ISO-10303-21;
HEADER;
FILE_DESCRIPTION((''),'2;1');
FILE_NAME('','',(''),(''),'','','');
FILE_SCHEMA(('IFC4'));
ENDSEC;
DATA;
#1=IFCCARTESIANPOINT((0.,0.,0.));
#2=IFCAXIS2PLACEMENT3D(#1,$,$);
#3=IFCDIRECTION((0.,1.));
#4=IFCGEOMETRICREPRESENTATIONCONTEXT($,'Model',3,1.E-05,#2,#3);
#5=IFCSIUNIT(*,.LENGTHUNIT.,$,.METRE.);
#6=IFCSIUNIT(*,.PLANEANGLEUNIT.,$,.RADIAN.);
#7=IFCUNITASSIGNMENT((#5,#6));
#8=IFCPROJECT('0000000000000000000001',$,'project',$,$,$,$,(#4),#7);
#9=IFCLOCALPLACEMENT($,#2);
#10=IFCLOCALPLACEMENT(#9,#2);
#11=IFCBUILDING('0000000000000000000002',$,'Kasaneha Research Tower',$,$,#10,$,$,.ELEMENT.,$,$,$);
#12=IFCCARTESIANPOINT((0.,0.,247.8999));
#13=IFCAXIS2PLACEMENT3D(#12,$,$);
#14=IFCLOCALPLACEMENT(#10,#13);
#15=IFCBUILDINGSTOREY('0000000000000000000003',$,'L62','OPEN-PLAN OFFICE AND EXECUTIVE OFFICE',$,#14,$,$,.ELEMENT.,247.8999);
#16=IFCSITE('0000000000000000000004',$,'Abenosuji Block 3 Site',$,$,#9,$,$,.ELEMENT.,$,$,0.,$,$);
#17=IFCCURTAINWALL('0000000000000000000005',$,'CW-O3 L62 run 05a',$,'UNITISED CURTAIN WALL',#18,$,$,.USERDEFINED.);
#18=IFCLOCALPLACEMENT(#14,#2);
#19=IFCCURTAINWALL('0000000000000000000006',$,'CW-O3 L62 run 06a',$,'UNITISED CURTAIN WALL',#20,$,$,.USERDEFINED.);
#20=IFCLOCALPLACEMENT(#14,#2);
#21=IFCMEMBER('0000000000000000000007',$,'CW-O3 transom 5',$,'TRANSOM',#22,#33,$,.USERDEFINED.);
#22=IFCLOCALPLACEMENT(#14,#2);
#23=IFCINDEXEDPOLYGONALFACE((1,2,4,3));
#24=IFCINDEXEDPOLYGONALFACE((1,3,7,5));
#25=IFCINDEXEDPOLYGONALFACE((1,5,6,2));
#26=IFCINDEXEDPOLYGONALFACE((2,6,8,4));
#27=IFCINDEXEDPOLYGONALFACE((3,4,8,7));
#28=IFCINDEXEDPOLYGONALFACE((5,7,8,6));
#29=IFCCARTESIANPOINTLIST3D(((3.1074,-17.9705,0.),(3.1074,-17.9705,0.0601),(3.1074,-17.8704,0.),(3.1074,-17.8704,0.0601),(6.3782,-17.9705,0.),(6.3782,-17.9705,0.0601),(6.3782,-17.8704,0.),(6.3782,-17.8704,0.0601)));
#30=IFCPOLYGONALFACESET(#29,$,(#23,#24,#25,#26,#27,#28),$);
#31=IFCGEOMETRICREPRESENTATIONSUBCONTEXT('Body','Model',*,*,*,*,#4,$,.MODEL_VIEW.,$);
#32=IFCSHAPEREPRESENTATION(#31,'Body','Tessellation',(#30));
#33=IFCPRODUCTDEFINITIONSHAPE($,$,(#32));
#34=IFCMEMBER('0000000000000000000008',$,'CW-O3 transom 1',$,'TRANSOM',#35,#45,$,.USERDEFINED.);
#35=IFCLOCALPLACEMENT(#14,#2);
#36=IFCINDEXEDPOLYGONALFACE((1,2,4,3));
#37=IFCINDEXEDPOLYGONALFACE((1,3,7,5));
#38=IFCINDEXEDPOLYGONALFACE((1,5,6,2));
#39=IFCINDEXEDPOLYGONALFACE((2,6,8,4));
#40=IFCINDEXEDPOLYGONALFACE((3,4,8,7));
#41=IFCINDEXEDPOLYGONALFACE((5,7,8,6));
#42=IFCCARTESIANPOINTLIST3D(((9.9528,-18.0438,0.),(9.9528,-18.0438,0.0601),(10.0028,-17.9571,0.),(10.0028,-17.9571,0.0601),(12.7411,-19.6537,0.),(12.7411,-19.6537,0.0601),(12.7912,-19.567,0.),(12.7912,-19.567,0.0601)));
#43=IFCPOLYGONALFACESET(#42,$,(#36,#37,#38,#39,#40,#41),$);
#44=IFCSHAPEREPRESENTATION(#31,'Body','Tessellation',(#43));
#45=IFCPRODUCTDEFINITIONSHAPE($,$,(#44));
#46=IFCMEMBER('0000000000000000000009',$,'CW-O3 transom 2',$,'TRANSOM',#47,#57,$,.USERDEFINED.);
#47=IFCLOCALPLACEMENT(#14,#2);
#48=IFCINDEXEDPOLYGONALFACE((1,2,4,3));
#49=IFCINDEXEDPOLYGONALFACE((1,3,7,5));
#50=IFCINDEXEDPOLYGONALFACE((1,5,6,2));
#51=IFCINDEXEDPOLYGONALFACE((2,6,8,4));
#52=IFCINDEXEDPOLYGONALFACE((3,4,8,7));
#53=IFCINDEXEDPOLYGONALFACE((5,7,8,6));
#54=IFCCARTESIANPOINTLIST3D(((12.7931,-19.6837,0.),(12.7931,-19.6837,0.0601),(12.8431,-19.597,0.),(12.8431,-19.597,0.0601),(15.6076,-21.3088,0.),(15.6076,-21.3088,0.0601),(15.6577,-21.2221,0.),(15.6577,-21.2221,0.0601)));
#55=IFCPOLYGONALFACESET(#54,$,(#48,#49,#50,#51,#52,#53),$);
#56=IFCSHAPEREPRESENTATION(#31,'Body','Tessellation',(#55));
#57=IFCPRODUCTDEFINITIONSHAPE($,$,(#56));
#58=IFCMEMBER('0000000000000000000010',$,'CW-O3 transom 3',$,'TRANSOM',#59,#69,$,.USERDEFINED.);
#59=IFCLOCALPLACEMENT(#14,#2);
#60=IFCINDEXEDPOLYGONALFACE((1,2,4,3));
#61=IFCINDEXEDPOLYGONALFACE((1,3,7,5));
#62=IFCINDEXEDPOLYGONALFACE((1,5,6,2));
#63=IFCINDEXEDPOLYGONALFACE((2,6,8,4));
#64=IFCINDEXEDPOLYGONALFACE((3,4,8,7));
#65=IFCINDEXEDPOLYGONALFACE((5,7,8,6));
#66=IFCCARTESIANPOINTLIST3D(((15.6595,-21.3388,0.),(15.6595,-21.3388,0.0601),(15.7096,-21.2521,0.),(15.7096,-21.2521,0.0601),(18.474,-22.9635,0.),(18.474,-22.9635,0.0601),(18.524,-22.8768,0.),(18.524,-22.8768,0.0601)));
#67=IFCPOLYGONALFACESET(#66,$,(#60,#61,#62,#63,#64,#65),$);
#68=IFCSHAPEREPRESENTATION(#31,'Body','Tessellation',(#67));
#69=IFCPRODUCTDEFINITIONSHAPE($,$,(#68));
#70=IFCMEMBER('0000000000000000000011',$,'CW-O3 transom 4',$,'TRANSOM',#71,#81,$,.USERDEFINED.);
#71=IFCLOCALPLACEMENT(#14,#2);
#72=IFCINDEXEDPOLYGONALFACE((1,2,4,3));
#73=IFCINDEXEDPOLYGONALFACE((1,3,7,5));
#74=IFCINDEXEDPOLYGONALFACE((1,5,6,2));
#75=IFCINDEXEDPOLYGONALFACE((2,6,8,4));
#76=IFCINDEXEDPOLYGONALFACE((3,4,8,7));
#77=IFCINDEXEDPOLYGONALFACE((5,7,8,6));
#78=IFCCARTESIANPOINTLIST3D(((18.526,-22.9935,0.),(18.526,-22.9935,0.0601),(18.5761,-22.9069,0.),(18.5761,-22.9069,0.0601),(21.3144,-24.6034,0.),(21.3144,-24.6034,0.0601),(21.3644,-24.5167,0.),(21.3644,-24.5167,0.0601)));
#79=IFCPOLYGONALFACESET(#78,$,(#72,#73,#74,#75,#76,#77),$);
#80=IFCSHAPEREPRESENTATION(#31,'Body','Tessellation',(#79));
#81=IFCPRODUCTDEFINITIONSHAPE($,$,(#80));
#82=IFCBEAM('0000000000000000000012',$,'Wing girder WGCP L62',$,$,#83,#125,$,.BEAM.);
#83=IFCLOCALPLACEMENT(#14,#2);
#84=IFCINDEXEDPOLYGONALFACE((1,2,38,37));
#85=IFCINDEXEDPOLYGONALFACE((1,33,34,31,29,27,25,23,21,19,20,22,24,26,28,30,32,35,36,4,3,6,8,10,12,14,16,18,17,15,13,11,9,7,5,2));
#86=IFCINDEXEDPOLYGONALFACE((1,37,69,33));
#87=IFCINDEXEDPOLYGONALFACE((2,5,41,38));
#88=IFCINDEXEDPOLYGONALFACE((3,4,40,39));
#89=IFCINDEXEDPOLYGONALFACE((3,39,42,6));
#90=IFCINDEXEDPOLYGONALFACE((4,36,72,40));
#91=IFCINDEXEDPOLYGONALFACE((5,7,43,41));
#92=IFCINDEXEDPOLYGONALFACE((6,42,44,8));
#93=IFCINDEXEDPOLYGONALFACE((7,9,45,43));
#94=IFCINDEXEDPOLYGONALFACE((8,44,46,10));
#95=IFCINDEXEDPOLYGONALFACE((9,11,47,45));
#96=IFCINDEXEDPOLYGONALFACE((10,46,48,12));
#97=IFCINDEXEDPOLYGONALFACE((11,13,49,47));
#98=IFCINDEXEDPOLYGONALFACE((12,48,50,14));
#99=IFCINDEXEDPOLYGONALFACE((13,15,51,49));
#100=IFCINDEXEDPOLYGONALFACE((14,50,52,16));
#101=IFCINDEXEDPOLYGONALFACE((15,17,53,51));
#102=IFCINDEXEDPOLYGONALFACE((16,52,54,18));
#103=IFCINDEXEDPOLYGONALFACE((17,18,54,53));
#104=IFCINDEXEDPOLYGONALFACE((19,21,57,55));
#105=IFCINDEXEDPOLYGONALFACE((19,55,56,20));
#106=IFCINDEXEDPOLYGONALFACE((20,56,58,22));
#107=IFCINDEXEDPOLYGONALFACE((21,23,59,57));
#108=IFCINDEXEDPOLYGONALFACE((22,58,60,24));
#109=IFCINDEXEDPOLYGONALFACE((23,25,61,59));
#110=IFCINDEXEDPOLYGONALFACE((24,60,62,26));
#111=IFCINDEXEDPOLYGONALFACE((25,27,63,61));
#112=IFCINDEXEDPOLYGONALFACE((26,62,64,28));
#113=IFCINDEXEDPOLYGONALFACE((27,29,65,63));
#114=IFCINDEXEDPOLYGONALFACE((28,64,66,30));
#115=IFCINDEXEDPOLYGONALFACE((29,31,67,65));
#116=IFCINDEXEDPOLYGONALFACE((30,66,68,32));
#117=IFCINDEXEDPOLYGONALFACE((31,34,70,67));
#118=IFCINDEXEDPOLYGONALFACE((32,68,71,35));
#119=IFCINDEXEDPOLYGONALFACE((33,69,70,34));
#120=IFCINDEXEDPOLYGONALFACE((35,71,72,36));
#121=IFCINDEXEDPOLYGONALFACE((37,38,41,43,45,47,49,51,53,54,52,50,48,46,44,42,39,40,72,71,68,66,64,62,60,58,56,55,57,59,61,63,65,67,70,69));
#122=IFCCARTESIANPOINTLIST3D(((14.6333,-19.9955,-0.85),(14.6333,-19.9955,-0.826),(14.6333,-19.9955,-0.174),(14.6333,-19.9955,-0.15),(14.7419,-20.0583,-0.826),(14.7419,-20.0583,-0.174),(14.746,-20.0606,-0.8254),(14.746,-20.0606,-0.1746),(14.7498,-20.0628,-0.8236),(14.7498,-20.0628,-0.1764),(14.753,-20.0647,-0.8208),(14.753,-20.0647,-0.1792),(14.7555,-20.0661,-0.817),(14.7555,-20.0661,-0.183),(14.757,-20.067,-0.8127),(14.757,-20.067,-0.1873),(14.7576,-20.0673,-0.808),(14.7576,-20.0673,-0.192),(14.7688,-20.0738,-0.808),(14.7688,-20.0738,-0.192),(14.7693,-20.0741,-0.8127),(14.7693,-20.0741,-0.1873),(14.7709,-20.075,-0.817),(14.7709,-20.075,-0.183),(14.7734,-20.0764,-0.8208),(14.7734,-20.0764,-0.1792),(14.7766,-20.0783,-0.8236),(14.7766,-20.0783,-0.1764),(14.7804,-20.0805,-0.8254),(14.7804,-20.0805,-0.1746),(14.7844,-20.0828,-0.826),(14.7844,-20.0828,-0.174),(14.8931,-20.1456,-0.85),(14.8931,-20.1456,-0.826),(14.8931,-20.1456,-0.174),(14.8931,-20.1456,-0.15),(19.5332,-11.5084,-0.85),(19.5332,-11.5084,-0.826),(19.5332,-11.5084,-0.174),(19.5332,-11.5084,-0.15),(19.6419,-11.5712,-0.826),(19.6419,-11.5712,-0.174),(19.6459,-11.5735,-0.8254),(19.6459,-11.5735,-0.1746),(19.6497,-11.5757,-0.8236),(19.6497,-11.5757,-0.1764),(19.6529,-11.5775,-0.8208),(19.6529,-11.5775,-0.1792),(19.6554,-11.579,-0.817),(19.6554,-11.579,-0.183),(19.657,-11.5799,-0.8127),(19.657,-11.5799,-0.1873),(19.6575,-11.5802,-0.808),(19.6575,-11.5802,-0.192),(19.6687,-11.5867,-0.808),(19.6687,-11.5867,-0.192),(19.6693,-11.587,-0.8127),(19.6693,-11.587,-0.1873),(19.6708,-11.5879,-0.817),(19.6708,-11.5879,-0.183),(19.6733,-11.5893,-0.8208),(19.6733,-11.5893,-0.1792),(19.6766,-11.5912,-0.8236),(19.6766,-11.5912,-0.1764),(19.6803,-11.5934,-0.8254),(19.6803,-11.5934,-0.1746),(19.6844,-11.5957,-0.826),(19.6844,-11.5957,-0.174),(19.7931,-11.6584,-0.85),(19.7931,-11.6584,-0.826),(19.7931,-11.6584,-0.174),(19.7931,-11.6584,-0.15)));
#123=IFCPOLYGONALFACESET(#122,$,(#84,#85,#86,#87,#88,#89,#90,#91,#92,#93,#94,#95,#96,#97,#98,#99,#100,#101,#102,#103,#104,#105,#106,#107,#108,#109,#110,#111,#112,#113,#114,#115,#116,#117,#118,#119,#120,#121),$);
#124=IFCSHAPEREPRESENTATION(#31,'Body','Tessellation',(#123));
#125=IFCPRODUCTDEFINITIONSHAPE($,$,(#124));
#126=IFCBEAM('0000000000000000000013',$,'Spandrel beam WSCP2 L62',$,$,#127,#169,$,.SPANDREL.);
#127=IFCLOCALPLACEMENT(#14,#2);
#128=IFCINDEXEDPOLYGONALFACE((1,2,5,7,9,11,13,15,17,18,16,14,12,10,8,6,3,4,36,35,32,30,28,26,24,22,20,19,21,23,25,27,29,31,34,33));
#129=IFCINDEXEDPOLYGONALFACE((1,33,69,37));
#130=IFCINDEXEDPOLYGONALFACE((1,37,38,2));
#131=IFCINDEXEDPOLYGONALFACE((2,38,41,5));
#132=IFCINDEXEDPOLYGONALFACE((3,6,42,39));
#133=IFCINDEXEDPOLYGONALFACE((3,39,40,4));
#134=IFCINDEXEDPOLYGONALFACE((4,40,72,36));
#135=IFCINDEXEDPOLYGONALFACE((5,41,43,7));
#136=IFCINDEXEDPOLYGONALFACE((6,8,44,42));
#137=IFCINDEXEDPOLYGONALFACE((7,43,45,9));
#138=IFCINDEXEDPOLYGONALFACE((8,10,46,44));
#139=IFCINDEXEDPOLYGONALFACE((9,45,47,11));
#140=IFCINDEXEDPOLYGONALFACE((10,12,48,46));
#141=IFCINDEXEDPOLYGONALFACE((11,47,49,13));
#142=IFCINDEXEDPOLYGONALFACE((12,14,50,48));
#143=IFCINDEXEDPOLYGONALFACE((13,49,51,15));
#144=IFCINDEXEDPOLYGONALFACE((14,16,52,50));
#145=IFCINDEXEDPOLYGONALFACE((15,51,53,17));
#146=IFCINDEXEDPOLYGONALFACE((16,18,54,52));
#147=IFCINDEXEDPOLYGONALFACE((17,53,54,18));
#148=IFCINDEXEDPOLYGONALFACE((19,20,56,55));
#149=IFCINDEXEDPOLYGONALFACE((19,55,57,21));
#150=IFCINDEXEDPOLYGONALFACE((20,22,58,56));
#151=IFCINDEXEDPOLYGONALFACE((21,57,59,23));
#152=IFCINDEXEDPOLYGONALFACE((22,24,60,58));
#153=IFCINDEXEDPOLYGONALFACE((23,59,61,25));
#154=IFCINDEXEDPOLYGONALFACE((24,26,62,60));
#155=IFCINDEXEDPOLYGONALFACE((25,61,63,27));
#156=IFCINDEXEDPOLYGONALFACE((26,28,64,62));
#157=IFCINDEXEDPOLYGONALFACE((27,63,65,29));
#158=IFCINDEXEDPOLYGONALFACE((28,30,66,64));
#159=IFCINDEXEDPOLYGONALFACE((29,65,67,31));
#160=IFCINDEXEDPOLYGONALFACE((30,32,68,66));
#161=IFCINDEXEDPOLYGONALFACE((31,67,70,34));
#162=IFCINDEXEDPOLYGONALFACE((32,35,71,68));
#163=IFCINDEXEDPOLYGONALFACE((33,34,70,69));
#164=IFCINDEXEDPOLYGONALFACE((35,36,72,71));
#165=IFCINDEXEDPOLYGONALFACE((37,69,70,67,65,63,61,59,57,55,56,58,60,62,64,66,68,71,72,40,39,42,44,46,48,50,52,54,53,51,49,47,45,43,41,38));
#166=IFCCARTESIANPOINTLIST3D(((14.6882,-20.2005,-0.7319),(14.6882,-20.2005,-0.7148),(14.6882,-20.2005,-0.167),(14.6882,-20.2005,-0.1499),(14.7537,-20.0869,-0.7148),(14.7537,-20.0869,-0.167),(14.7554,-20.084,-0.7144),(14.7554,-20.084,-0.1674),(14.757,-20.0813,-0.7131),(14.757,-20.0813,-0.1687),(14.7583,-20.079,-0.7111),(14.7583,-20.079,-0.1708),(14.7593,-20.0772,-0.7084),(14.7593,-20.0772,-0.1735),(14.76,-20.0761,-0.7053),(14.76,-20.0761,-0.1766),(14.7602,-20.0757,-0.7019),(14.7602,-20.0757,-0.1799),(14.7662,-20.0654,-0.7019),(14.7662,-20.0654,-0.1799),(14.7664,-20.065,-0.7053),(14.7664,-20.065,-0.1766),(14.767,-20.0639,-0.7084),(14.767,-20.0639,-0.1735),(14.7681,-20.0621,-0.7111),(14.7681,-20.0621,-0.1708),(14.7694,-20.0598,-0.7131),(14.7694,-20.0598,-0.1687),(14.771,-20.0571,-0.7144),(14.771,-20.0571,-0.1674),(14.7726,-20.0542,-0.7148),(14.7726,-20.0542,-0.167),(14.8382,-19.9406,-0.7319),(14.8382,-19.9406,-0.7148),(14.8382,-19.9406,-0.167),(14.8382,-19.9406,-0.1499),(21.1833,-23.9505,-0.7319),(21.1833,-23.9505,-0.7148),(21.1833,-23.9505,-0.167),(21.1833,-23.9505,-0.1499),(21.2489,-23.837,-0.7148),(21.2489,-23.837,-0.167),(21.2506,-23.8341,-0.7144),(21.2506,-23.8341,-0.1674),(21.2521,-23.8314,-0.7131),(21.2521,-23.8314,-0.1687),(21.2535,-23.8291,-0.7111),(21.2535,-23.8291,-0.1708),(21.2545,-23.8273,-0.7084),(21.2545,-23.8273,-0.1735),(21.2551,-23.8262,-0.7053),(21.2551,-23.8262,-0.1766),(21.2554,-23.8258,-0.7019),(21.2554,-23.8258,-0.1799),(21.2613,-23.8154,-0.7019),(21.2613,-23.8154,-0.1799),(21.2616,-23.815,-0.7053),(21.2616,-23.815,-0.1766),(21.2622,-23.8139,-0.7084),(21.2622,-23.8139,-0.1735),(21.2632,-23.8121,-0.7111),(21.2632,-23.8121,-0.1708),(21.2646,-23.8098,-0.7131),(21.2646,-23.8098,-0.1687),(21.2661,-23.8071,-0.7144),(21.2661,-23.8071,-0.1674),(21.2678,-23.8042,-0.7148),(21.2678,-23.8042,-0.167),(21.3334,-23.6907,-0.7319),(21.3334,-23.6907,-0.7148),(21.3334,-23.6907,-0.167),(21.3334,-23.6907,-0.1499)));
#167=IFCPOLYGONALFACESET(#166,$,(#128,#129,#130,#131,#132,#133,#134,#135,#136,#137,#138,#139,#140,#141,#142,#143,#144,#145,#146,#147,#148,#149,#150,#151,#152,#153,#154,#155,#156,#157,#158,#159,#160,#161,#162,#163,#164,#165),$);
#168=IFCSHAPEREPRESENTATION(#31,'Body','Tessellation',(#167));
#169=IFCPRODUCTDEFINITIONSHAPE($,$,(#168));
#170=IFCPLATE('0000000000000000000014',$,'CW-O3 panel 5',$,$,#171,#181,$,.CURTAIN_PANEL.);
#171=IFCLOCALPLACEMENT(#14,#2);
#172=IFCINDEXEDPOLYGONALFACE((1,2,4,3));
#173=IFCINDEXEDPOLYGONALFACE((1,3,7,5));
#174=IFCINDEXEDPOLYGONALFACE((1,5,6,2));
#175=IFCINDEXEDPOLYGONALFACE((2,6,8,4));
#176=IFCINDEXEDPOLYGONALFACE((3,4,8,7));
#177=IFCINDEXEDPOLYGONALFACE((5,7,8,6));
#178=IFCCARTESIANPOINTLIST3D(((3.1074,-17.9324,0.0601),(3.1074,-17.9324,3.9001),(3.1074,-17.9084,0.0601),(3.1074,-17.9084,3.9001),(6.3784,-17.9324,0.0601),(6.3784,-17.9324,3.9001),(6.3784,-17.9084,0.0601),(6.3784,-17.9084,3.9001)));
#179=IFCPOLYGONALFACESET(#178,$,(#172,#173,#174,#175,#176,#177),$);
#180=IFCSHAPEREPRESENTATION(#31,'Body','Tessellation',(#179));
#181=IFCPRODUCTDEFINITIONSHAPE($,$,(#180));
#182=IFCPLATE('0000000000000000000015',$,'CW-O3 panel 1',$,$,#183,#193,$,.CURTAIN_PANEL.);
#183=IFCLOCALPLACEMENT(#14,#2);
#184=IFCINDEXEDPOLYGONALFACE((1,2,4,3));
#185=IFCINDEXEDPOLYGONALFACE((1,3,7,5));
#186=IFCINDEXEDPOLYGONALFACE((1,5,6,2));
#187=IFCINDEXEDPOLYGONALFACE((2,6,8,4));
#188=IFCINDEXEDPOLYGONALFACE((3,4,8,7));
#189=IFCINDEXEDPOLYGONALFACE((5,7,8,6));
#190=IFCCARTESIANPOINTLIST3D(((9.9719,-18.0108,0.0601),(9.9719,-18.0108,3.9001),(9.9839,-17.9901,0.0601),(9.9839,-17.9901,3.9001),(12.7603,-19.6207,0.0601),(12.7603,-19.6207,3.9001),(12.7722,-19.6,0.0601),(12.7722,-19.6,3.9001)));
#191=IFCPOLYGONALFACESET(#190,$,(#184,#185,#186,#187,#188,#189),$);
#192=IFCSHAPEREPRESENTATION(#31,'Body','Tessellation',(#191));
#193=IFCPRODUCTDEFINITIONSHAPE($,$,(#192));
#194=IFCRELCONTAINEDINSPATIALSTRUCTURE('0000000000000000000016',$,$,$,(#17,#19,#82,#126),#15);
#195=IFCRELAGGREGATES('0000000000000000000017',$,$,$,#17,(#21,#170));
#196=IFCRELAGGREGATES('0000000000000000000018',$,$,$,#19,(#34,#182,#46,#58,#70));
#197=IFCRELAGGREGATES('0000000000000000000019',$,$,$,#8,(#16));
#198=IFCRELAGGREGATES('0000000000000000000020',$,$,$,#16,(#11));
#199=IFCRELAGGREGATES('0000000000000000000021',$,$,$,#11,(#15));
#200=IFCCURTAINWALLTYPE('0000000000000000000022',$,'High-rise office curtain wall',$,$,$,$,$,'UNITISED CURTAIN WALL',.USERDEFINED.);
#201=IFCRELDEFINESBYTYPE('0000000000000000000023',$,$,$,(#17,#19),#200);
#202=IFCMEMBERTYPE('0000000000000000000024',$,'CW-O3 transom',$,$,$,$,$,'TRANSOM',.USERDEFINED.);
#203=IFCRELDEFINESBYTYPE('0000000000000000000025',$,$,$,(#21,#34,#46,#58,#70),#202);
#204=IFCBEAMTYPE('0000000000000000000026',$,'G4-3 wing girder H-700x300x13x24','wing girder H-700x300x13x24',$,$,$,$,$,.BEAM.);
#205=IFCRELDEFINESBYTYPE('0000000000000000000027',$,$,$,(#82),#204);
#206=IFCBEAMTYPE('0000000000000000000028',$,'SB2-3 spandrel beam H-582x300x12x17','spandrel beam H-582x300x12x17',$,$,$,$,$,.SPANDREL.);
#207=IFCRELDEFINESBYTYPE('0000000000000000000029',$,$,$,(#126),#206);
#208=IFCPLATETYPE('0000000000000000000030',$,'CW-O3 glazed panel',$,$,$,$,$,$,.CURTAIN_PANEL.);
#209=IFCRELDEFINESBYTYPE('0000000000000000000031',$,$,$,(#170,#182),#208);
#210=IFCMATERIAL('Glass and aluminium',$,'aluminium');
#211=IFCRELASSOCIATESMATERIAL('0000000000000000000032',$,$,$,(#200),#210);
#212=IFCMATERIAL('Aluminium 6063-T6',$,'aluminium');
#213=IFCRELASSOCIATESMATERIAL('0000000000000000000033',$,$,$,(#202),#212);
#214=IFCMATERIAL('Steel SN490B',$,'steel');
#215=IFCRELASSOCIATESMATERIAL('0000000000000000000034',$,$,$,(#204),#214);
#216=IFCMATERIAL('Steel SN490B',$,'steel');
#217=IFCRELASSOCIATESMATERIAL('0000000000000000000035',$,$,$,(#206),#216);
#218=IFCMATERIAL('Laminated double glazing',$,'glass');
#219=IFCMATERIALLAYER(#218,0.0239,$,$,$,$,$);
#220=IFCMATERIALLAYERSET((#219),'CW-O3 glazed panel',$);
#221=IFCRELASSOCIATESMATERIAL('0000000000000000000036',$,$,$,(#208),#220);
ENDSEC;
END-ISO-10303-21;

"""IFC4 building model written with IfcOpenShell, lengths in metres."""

from ifc_helpers import new_model, si_unit, direction, frame, origin, origin_2d, place, context, subcontext, project, spatial, rectangle, i_section, extrude, material, layer, layer_set, material_profile, profile_set, type_object, element, aggregate, save


model = new_model("IFC4")

# Units and contexts
model_context = context("Model", 3, precision=1e-05, world=origin(), true_north=direction((0.0, 1.0)))
body_context = subcontext(model_context, "Body", "Model", "MODEL_VIEW")
ifc_project = project(units=[si_unit("LENGTHUNIT", "METRE"), si_unit("PLANEANGLEUNIT", "RADIAN")], contexts=[model_context])

# Site, building, storey
site_placement = place(None, origin())
site = spatial("IfcSite", under=ifc_project, at=site_placement, Name="Abenosuji Block 3 Site", CompositionType="ELEMENT", RefElevation=0.0)
building_placement = place(site_placement, origin())
building = spatial("IfcBuilding", under=site, at=building_placement, Name="Kasaneha Research Tower", CompositionType="ELEMENT")
storey_placement = place(building_placement, frame((0.0, 0.0, 247.8999)))
storey = spatial("IfcBuildingStorey", under=building, at=storey_placement, Name="L62", Description="OPEN-PLAN OFFICE AND EXECUTIVE OFFICE", CompositionType="ELEMENT", Elevation=247.8999)

# Curtain walls
ifc_material_1 = material(Name="Glass and aluminium", Category="aluminium")
curtain_wall_type = type_object("IfcCurtainWallType", Name="High-rise office curtain wall", ElementType="UNITISED CURTAIN WALL", PredefinedType="USERDEFINED", material=ifc_material_1)
curtain_wall_1_placement = place(storey_placement, origin())
curtain_wall_1 = element("IfcCurtainWall", 1, at=curtain_wall_1_placement, inside=storey, type_object=curtain_wall_type, Name="CW-O3 L62 run 05a", ObjectType="UNITISED CURTAIN WALL", PredefinedType="USERDEFINED")
curtain_wall_2_placement = place(storey_placement, origin())
curtain_wall_2 = element("IfcCurtainWall", 2, at=curtain_wall_2_placement, inside=storey, type_object=curtain_wall_type, Name="CW-O3 L62 run 06a", ObjectType="UNITISED CURTAIN WALL", PredefinedType="USERDEFINED")

# Members
ifc_material_2 = material(Name="Aluminium 6063-T6", Category="aluminium")
ifc_material_profile_1 = material_profile(ifc_material_2, rectangle(XDim=0.1001, YDim=0.0601, at=origin_2d()), Name="CW-O3 transom 100x60")
ifc_profile_set_1 = profile_set([ifc_material_profile_1], Name="Aluminium 6063-T6")
member_type_1 = type_object("IfcMemberType", Name="CW-O3 transom", ElementType="TRANSOM", PredefinedType="USERDEFINED", material=ifc_profile_set_1)
member_1_placement = place(storey_placement, frame((3.1074, -17.9204, 0.03), z_axis=(1.0, 0.0, 0.0), x_axis=(0.0, 1.0, 0.0)))
member_1 = element("IfcMember", 3, at=member_1_placement, type_object=member_type_1, Name="CW-O3 transom 5", ObjectType="TRANSOM", PredefinedType="USERDEFINED", context=body_context, shape_type="SweptSolid", body=[
    extrude(rectangle(XDim=0.1001, YDim=0.0601, at=origin_2d()), origin(), (0.0, 0.0, 1.0), 3.2708),
])
member_2_placement = place(storey_placement, frame((9.9778, -18.0005, 0.03), z_axis=(0.866023, -0.500005, 0.0), x_axis=(0.500005, 0.866023, 0.0)))
member_2 = element("IfcMember", 4, at=member_2_placement, type_object=member_type_1, Name="CW-O3 transom 1", ObjectType="TRANSOM", PredefinedType="USERDEFINED", context=body_context, shape_type="SweptSolid", body=[
    extrude(rectangle(XDim=0.1001, YDim=0.0601, at=origin_2d()), origin(), (0.0, 0.0, 1.0), 3.2197),
])
member_3_placement = place(storey_placement, frame((12.8181, -19.6404, 0.03), z_axis=(0.866015, -0.500017, 0.0), x_axis=(0.500017, 0.866015, 0.0)))
member_3 = element("IfcMember", 5, at=member_3_placement, type_object=member_type_1, Name="CW-O3 transom 2", ObjectType="TRANSOM", PredefinedType="USERDEFINED", context=body_context, shape_type="SweptSolid", body=[
    extrude(rectangle(XDim=0.1001, YDim=0.0601, at=origin_2d()), origin(), (0.0, 0.0, 1.0), 3.25),
])
member_4_placement = place(storey_placement, frame((15.6846, -21.2954, 0.03), z_axis=(0.866048, -0.499961, 0.0), x_axis=(0.499961, 0.866048, 0.0)))
member_4 = element("IfcMember", 6, at=member_4_placement, type_object=member_type_1, Name="CW-O3 transom 3", ObjectType="TRANSOM", PredefinedType="USERDEFINED", context=body_context, shape_type="SweptSolid", body=[
    extrude(rectangle(XDim=0.1001, YDim=0.0601, at=origin_2d()), origin(), (0.0, 0.0, 1.0), 3.2498),
])
member_5_placement = place(storey_placement, frame((18.551, -22.9502, 0.03), z_axis=(0.866023, -0.500005, 0.0), x_axis=(0.500005, 0.866023, 0.0)))
member_5 = element("IfcMember", 7, at=member_5_placement, type_object=member_type_1, Name="CW-O3 transom 4", ObjectType="TRANSOM", PredefinedType="USERDEFINED", context=body_context, shape_type="SweptSolid", body=[
    extrude(rectangle(XDim=0.1001, YDim=0.0601, at=origin_2d()), origin(), (0.0, 0.0, 1.0), 3.2197),
])

# Beams
ifc_material_3 = material(Name="Steel SN490B", Category="steel")
ifc_material_profile_2 = material_profile(ifc_material_3, i_section(OverallWidth=0.3, OverallDepth=0.7, WebThickness=0.0129, FlangeThickness=0.0239, FilletRadius=0.0181, at=origin_2d()), Name="H-700x300x13x24")
ifc_profile_set_2 = profile_set([ifc_material_profile_2], Name="Steel SN490B")
beam_type_1 = type_object("IfcBeamType", Name="G4-3 wing girder H-700x300x13x24", Description="wing girder H-700x300x13x24", PredefinedType="BEAM", material=ifc_profile_set_2)
beam_1_placement = place(storey_placement, frame((14.7632, -20.0706, -0.5), z_axis=(0.499992, 0.86603, 0.0), x_axis=(-0.86603, 0.499992, 0.0)))
element("IfcBeam", 8, at=beam_1_placement, inside=storey, type_object=beam_type_1, Name="Wing girder WGCP L62", PredefinedType="BEAM", context=body_context, shape_type="SweptSolid", body=[
    extrude(i_section(OverallWidth=0.3, OverallDepth=0.7, WebThickness=0.0129, FlangeThickness=0.0239, FilletRadius=0.0181, at=origin_2d()), origin(), (0.0, 0.0, 1.0), 9.8),
])
ifc_material_4 = material(Name="Steel SN490B", Category="steel")
ifc_material_profile_3 = material_profile(ifc_material_4, i_section(OverallWidth=0.3, OverallDepth=0.582, WebThickness=0.012, FlangeThickness=0.0171, FilletRadius=0.0129, at=origin_2d()), Name="H-582x300x12x17")
ifc_profile_set_3 = profile_set([ifc_material_profile_3], Name="Steel SN490B")
beam_type_2 = type_object("IfcBeamType", Name="SB2-3 spandrel beam H-582x300x12x17", Description="spandrel beam H-582x300x12x17", PredefinedType="SPANDREL", material=ifc_profile_set_3)
beam_2_placement = place(storey_placement, frame((14.7632, -20.0706, -0.4409), z_axis=(0.866023, -0.500004, 0.0), x_axis=(0.500004, 0.866023, 0.0)))
element("IfcBeam", 9, at=beam_2_placement, inside=storey, type_object=beam_type_2, Name="Spandrel beam WSCP2 L62", PredefinedType="SPANDREL", context=body_context, shape_type="SweptSolid", body=[
    extrude(i_section(OverallWidth=0.3, OverallDepth=0.582, WebThickness=0.012, FlangeThickness=0.0171, FilletRadius=0.0129, at=origin_2d()), origin(), (0.0, 0.0, 1.0), 7.5),
])

# Plates
ifc_material_5 = material(Name="Laminated double glazing", Category="glass")
ifc_layer_1 = layer(ifc_material_5, 0.0239)
ifc_layer_set_1 = layer_set([ifc_layer_1], Name="CW-O3 glazed panel")
plate_type = type_object("IfcPlateType", Name="CW-O3 glazed panel", PredefinedType="CURTAIN_PANEL", material=ifc_layer_set_1)
plate_1_placement = place(storey_placement, frame((4.7429, -17.9204, 0.0601), z_axis=(0.0, 0.0, 1.0), x_axis=(1.0, 0.0, 0.0)))
plate_1 = element("IfcPlate", 10, at=plate_1_placement, type_object=plate_type, Name="CW-O3 panel 5", PredefinedType="CURTAIN_PANEL", context=body_context, shape_type="SweptSolid", body=[
    extrude(rectangle(XDim=3.271, YDim=0.0239, at=origin_2d()), origin(), (0.0, 0.0, 1.0), 3.8401),
])
aggregate(curtain_wall_1, [member_1, plate_1])
plate_2_placement = place(storey_placement, frame((11.3721, -18.8054, 0.0601), z_axis=(0.0, 0.0, 1.0), x_axis=(0.866025, -0.5, 0.0)))
plate_2 = element("IfcPlate", 11, at=plate_2_placement, type_object=plate_type, Name="CW-O3 panel 1", PredefinedType="CURTAIN_PANEL", context=body_context, shape_type="SweptSolid", body=[
    extrude(rectangle(XDim=3.2197, YDim=0.0239, at=origin_2d()), origin(), (0.0, 0.0, 1.0), 3.8401),
])
aggregate(curtain_wall_2, [member_2, plate_2, member_3, member_4, member_5])

save(model, "model.ifc")
